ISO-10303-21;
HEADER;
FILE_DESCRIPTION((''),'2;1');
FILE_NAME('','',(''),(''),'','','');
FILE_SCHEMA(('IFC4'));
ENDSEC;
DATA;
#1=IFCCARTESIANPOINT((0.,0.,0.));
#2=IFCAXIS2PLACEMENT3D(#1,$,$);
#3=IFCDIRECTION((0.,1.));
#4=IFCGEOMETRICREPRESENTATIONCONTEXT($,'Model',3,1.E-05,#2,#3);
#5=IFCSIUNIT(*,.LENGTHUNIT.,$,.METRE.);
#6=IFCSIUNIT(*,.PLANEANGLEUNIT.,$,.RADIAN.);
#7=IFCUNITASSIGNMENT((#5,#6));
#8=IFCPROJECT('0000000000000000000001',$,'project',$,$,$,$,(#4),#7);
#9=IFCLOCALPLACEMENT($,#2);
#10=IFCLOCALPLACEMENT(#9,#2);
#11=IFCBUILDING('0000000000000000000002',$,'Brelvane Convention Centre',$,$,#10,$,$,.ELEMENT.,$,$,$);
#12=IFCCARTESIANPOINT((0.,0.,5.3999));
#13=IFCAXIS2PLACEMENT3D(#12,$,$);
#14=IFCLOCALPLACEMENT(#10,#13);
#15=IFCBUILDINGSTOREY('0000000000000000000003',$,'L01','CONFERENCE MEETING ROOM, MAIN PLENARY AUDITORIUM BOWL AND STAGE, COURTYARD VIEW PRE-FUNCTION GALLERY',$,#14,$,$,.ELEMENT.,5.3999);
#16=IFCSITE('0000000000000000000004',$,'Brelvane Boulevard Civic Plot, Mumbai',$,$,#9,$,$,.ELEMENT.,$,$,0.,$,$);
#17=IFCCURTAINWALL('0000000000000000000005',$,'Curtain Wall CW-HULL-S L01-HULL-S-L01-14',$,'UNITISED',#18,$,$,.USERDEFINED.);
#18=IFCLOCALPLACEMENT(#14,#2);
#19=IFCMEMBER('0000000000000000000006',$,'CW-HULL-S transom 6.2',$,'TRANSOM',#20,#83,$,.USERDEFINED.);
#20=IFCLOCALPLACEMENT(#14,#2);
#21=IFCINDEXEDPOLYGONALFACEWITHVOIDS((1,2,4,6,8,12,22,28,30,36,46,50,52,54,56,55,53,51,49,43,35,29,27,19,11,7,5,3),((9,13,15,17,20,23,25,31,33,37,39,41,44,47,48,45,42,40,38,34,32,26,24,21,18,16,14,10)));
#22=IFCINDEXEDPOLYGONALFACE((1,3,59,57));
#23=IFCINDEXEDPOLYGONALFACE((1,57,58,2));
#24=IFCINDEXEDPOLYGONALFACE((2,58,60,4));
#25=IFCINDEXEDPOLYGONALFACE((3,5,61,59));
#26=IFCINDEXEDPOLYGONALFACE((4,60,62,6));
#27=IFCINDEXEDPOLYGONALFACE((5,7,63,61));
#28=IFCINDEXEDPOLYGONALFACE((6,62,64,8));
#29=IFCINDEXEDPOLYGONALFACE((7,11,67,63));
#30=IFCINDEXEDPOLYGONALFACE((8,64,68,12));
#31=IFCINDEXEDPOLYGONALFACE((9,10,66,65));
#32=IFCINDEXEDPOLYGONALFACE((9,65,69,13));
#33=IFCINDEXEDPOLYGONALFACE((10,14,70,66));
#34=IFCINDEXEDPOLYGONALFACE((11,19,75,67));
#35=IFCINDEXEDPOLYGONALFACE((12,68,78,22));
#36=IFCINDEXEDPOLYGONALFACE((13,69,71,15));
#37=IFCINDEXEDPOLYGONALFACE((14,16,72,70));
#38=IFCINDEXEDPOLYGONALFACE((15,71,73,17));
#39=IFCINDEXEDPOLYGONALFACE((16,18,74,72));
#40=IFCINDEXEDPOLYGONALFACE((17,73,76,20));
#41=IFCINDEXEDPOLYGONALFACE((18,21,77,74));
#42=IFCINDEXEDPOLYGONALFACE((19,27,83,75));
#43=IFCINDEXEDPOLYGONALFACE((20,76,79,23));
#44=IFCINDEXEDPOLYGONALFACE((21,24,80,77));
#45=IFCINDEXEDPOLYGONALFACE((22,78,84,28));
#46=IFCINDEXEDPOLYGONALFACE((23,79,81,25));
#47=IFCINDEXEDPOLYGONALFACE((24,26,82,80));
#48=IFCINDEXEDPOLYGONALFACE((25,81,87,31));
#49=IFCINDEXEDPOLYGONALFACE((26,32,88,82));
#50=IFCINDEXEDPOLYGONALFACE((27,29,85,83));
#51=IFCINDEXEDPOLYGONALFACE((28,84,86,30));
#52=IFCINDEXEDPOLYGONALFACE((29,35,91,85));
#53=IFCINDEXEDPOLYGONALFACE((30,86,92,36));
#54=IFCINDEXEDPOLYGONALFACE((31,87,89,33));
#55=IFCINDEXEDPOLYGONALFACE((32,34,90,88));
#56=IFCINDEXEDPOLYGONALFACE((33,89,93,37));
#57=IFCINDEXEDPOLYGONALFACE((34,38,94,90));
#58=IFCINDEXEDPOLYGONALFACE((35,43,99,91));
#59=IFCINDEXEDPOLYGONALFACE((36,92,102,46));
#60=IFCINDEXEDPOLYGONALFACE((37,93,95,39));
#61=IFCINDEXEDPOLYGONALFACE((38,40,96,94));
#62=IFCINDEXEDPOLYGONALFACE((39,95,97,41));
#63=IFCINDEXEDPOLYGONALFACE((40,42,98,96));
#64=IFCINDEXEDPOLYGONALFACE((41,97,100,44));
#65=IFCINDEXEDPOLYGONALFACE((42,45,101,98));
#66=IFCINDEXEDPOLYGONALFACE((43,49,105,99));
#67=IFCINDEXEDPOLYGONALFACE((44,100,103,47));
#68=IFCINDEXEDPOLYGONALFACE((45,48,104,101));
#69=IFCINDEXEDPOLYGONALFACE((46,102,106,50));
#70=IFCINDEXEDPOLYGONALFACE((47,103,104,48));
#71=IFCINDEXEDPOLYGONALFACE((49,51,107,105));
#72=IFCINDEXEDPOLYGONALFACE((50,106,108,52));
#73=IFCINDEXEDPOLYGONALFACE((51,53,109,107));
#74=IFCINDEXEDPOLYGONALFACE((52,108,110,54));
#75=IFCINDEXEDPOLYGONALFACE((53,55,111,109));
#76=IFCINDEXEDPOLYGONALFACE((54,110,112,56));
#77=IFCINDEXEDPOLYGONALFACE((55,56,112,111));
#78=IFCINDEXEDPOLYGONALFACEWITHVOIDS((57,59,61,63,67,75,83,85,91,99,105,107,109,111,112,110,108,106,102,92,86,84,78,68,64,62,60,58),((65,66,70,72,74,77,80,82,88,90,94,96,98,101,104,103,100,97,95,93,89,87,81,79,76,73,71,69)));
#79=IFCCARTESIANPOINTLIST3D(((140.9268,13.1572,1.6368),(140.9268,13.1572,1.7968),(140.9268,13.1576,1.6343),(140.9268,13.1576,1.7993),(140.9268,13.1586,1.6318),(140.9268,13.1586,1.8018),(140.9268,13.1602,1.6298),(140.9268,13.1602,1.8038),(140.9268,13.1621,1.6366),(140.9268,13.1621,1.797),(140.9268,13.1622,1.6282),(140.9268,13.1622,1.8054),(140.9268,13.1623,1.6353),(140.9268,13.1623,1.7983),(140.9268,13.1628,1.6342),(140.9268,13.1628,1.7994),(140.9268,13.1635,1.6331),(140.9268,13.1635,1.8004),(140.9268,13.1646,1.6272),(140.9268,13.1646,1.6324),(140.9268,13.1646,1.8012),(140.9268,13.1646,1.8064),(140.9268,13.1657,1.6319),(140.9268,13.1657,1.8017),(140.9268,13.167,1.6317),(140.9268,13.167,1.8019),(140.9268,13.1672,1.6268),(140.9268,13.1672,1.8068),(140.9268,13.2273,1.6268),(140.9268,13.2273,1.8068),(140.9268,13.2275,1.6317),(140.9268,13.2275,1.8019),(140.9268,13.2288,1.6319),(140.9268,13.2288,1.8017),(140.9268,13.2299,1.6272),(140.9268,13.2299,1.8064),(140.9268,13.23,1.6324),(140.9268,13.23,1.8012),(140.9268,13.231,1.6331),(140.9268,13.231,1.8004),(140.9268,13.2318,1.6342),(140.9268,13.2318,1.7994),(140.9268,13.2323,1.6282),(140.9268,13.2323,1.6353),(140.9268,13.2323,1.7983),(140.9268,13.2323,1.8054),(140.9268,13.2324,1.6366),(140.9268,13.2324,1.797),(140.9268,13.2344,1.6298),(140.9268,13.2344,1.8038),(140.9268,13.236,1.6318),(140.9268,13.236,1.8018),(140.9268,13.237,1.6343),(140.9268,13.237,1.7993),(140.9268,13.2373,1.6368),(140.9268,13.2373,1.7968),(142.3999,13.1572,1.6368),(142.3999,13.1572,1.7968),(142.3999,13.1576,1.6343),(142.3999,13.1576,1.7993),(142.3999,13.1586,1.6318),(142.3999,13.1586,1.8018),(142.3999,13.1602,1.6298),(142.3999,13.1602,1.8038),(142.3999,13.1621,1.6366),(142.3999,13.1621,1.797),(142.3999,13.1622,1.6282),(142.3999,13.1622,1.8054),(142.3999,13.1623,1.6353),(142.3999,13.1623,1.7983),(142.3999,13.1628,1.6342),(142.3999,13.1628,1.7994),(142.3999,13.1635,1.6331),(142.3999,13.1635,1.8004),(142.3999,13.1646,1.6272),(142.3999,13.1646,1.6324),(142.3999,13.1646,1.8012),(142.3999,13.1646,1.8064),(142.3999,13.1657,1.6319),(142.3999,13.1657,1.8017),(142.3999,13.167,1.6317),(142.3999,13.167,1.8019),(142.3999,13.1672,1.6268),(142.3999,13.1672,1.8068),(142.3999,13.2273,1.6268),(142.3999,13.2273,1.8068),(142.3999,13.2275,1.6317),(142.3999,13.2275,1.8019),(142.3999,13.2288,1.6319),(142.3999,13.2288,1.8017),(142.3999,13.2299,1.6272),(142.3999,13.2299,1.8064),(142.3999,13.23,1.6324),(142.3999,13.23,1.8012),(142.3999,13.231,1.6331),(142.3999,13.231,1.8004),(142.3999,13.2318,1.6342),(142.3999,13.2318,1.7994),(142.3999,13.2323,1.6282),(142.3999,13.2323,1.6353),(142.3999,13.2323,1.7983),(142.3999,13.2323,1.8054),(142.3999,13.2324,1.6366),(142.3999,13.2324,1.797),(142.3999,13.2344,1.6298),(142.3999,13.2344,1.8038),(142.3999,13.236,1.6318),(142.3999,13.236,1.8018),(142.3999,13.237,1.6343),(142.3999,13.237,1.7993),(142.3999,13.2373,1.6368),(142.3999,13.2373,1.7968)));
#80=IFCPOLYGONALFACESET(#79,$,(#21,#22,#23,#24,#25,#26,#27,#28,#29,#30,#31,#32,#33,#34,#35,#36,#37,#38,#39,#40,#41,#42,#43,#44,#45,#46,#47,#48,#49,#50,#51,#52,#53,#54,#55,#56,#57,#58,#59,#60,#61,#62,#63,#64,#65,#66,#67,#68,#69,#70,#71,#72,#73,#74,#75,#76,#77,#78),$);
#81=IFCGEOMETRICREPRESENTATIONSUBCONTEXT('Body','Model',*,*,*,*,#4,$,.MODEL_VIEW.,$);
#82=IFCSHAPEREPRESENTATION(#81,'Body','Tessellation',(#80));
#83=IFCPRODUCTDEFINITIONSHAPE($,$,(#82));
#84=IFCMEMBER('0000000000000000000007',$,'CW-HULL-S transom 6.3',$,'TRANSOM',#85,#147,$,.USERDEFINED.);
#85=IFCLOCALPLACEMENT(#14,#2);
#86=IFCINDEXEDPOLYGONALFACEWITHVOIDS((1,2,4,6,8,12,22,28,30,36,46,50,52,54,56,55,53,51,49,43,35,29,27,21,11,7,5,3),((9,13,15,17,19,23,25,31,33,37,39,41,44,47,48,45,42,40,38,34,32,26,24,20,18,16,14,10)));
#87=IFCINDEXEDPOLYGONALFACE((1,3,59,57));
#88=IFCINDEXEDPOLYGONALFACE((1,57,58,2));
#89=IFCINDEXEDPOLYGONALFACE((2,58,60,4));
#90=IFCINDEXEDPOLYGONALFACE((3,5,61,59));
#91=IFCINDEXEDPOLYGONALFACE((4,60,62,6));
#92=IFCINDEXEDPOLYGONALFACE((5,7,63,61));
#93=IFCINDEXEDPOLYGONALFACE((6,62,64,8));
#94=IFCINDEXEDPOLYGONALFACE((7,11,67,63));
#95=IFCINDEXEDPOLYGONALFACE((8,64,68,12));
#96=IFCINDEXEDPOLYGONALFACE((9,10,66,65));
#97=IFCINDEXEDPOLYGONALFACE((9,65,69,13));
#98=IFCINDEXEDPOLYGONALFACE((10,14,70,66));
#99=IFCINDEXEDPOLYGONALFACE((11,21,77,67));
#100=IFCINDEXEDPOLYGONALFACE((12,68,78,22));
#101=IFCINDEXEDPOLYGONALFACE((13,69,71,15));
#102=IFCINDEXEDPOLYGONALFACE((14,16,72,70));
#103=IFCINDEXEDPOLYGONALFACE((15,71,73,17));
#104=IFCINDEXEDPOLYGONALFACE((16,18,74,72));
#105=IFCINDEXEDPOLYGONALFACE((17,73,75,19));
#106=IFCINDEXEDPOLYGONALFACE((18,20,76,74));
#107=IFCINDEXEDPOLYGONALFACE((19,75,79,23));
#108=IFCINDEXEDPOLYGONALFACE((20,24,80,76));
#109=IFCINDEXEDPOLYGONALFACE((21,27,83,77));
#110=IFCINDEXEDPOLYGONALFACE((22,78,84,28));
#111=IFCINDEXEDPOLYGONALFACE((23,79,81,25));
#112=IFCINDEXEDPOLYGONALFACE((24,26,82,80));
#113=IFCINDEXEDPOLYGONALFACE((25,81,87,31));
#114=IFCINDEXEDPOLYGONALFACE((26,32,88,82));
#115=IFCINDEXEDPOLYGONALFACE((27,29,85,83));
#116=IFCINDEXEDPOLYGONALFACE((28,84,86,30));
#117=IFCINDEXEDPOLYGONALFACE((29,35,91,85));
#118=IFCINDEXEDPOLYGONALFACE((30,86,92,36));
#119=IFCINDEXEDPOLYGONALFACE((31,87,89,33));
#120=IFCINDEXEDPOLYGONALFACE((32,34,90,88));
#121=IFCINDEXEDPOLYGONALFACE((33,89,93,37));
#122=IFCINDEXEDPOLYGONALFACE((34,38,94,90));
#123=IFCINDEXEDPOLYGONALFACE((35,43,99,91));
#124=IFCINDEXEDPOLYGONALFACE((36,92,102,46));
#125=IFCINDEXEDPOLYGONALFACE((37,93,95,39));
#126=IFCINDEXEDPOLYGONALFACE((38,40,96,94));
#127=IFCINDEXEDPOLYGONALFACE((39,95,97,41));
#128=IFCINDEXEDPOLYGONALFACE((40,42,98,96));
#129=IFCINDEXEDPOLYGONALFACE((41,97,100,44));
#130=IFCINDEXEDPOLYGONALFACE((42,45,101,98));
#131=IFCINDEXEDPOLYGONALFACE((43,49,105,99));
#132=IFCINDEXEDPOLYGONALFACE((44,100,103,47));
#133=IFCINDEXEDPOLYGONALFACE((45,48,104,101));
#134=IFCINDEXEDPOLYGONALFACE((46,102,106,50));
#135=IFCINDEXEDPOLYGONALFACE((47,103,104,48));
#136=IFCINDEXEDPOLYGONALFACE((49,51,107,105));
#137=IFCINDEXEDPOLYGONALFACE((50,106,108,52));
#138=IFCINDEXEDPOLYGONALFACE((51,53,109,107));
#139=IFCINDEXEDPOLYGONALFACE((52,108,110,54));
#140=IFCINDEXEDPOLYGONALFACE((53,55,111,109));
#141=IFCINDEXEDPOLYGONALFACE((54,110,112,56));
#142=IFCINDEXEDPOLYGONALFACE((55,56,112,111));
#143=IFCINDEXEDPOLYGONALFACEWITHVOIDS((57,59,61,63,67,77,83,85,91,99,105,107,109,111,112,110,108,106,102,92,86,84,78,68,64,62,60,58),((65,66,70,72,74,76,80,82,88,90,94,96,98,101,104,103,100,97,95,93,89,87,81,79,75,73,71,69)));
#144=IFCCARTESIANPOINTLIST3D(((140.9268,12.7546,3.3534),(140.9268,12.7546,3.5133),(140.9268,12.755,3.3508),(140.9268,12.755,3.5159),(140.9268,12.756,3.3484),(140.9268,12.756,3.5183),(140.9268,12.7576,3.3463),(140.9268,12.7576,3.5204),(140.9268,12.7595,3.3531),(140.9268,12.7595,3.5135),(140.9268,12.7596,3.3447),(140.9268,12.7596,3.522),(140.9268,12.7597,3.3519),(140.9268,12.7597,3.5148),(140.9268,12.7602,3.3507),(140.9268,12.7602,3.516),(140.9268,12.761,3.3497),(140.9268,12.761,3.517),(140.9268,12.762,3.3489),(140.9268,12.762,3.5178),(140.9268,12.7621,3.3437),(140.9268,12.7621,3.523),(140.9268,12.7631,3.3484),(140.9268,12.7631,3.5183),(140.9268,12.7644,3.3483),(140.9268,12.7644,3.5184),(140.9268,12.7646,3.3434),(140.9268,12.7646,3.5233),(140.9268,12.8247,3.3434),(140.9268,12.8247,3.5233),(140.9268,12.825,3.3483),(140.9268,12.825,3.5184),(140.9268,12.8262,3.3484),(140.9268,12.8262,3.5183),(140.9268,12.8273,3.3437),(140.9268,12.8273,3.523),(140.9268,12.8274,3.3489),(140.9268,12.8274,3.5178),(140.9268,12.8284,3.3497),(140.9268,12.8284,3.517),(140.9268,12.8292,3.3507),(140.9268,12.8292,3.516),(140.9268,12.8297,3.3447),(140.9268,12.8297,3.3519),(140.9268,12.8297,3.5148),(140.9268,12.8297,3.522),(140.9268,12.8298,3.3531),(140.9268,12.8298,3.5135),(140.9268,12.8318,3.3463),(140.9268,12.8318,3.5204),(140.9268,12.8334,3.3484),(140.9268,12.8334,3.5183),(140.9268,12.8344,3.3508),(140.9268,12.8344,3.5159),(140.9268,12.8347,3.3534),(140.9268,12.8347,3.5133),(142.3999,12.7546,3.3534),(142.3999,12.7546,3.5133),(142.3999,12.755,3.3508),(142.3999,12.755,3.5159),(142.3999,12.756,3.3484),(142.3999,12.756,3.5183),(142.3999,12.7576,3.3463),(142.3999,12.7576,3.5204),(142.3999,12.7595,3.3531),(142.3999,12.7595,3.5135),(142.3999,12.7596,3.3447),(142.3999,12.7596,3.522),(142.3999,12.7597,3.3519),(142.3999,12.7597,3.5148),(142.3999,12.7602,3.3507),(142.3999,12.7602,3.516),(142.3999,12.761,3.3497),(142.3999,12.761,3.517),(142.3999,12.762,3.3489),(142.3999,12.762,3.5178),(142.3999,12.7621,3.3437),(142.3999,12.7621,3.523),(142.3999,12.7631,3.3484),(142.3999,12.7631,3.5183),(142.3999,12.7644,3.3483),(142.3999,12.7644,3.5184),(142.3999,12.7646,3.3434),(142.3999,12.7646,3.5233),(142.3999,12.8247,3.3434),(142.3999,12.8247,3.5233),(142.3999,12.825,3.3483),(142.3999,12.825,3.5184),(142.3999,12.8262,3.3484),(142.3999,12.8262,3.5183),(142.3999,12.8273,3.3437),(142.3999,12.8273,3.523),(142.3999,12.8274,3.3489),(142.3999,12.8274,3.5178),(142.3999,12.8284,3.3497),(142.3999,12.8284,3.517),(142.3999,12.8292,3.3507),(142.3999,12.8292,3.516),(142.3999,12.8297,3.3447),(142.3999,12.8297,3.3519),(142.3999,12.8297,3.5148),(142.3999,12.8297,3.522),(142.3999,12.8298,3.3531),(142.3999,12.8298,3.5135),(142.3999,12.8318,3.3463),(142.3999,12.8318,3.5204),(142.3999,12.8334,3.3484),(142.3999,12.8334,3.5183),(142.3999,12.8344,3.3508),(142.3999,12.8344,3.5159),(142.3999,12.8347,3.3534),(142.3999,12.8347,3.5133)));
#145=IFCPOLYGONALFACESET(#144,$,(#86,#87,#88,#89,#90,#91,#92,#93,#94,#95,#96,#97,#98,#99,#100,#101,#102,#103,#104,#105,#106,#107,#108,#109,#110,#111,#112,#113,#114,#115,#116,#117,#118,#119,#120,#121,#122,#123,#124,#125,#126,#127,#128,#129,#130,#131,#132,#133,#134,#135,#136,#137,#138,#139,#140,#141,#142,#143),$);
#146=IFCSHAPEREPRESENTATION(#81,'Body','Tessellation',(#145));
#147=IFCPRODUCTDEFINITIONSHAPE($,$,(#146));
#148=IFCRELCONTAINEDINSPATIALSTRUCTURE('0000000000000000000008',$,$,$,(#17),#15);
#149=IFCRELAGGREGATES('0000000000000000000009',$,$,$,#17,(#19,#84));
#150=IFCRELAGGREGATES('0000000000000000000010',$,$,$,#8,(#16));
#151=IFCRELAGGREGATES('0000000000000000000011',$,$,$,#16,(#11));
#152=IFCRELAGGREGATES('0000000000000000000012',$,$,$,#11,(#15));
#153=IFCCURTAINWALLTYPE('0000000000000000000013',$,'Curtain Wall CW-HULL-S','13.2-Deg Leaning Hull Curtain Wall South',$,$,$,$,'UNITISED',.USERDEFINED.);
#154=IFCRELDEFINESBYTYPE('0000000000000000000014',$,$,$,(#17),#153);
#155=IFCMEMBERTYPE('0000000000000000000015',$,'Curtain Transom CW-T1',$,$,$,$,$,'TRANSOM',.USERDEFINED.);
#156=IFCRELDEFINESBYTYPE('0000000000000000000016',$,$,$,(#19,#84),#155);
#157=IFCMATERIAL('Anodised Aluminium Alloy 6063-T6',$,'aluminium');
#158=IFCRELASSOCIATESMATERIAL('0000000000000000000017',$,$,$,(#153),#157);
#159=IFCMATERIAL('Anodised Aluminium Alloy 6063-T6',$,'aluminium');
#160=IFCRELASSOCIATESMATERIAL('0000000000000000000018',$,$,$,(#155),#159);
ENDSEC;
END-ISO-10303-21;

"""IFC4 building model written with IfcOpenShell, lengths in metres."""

from ifc_helpers import new_model, si_unit, direction, frame, origin, origin_2d, place, context, subcontext, project, spatial, hollow_rectangle, extrude, material, material_profile, profile_set, type_object, element, aggregate, save


model = new_model("IFC4")

# Units and contexts
model_context = context("Model", 3, precision=1e-05, world=origin(), true_north=direction((0.0, 1.0)))
body_context = subcontext(model_context, "Body", "Model", "MODEL_VIEW")
ifc_project = project(units=[si_unit("LENGTHUNIT", "METRE"), si_unit("PLANEANGLEUNIT", "RADIAN")], contexts=[model_context])

# Site, building, storey
site_placement = place(None, origin())
site = spatial("IfcSite", under=ifc_project, at=site_placement, Name="Brelvane Boulevard Civic Plot, Mumbai", CompositionType="ELEMENT", RefElevation=0.0)
building_placement = place(site_placement, origin())
building = spatial("IfcBuilding", under=site, at=building_placement, Name="Brelvane Convention Centre", CompositionType="ELEMENT")
storey_placement = place(building_placement, frame((0.0, 0.0, 5.3999)))
storey = spatial("IfcBuildingStorey", under=building, at=storey_placement, Name="L01", Description="CONFERENCE MEETING ROOM, MAIN PLENARY AUDITORIUM BOWL AND STAGE, COURTYARD VIEW PRE-FUNCTION GALLERY", CompositionType="ELEMENT", Elevation=5.3999)

# Curtain wall, members
ifc_material_1 = material(Name="Anodised Aluminium Alloy 6063-T6", Category="aluminium")
curtain_wall_type = type_object("IfcCurtainWallType", Name="Curtain Wall CW-HULL-S", Description="13.2-Deg Leaning Hull Curtain Wall South", ElementType="UNITISED", PredefinedType="USERDEFINED", material=ifc_material_1)
curtain_wall_1_placement = place(storey_placement, origin())
curtain_wall_1 = element("IfcCurtainWall", 1, at=curtain_wall_1_placement, inside=storey, type_object=curtain_wall_type, Name="Curtain Wall CW-HULL-S L01-HULL-S-L01-14", ObjectType="UNITISED", PredefinedType="USERDEFINED")
ifc_material_2 = material(Name="Anodised Aluminium Alloy 6063-T6", Category="aluminium")
ifc_material_profile_1 = material_profile(ifc_material_2, hollow_rectangle(XDim=0.0801, YDim=0.1799, WallThickness=0.0049, InnerFilletRadius=0.0049, OuterFilletRadius=0.01, at=origin_2d()), Name="ALU-T 180x80x5.0")
ifc_profile_set_1 = profile_set([ifc_material_profile_1], Name="Anodised Aluminium Alloy 6063-T6")
member_type_1 = type_object("IfcMemberType", Name="Curtain Transom CW-T1", ElementType="TRANSOM", PredefinedType="USERDEFINED", material=ifc_profile_set_1)
member_1_placement = place(storey_placement, frame((140.9268, 13.1973, 1.7168), z_axis=(1.0, 0.0, 0.0), x_axis=(0.0, 1.0, 0.0)))
member_1 = element("IfcMember", 2, at=member_1_placement, type_object=member_type_1, Name="CW-HULL-S transom 6.2", ObjectType="TRANSOM", PredefinedType="USERDEFINED", context=body_context, shape_type="SweptSolid", body=[
    extrude(hollow_rectangle(XDim=0.0801, YDim=0.1799, WallThickness=0.0049, InnerFilletRadius=0.0049, OuterFilletRadius=0.01, at=origin_2d()), origin(), (0.0, 0.0, 1.0), 1.4731),
])
member_2_placement = place(storey_placement, frame((140.9268, 12.7947, 3.4333), z_axis=(1.0, 0.0, 0.0), x_axis=(0.0, 1.0, 0.0)))
member_2 = element("IfcMember", 3, at=member_2_placement, type_object=member_type_1, Name="CW-HULL-S transom 6.3", ObjectType="TRANSOM", PredefinedType="USERDEFINED", context=body_context, shape_type="SweptSolid", body=[
    extrude(hollow_rectangle(XDim=0.0801, YDim=0.1799, WallThickness=0.0049, InnerFilletRadius=0.0049, OuterFilletRadius=0.01, at=origin_2d()), origin(), (0.0, 0.0, 1.0), 1.4731),
])

aggregate(curtain_wall_1, [member_1, member_2])

save(model, "model.ifc")
